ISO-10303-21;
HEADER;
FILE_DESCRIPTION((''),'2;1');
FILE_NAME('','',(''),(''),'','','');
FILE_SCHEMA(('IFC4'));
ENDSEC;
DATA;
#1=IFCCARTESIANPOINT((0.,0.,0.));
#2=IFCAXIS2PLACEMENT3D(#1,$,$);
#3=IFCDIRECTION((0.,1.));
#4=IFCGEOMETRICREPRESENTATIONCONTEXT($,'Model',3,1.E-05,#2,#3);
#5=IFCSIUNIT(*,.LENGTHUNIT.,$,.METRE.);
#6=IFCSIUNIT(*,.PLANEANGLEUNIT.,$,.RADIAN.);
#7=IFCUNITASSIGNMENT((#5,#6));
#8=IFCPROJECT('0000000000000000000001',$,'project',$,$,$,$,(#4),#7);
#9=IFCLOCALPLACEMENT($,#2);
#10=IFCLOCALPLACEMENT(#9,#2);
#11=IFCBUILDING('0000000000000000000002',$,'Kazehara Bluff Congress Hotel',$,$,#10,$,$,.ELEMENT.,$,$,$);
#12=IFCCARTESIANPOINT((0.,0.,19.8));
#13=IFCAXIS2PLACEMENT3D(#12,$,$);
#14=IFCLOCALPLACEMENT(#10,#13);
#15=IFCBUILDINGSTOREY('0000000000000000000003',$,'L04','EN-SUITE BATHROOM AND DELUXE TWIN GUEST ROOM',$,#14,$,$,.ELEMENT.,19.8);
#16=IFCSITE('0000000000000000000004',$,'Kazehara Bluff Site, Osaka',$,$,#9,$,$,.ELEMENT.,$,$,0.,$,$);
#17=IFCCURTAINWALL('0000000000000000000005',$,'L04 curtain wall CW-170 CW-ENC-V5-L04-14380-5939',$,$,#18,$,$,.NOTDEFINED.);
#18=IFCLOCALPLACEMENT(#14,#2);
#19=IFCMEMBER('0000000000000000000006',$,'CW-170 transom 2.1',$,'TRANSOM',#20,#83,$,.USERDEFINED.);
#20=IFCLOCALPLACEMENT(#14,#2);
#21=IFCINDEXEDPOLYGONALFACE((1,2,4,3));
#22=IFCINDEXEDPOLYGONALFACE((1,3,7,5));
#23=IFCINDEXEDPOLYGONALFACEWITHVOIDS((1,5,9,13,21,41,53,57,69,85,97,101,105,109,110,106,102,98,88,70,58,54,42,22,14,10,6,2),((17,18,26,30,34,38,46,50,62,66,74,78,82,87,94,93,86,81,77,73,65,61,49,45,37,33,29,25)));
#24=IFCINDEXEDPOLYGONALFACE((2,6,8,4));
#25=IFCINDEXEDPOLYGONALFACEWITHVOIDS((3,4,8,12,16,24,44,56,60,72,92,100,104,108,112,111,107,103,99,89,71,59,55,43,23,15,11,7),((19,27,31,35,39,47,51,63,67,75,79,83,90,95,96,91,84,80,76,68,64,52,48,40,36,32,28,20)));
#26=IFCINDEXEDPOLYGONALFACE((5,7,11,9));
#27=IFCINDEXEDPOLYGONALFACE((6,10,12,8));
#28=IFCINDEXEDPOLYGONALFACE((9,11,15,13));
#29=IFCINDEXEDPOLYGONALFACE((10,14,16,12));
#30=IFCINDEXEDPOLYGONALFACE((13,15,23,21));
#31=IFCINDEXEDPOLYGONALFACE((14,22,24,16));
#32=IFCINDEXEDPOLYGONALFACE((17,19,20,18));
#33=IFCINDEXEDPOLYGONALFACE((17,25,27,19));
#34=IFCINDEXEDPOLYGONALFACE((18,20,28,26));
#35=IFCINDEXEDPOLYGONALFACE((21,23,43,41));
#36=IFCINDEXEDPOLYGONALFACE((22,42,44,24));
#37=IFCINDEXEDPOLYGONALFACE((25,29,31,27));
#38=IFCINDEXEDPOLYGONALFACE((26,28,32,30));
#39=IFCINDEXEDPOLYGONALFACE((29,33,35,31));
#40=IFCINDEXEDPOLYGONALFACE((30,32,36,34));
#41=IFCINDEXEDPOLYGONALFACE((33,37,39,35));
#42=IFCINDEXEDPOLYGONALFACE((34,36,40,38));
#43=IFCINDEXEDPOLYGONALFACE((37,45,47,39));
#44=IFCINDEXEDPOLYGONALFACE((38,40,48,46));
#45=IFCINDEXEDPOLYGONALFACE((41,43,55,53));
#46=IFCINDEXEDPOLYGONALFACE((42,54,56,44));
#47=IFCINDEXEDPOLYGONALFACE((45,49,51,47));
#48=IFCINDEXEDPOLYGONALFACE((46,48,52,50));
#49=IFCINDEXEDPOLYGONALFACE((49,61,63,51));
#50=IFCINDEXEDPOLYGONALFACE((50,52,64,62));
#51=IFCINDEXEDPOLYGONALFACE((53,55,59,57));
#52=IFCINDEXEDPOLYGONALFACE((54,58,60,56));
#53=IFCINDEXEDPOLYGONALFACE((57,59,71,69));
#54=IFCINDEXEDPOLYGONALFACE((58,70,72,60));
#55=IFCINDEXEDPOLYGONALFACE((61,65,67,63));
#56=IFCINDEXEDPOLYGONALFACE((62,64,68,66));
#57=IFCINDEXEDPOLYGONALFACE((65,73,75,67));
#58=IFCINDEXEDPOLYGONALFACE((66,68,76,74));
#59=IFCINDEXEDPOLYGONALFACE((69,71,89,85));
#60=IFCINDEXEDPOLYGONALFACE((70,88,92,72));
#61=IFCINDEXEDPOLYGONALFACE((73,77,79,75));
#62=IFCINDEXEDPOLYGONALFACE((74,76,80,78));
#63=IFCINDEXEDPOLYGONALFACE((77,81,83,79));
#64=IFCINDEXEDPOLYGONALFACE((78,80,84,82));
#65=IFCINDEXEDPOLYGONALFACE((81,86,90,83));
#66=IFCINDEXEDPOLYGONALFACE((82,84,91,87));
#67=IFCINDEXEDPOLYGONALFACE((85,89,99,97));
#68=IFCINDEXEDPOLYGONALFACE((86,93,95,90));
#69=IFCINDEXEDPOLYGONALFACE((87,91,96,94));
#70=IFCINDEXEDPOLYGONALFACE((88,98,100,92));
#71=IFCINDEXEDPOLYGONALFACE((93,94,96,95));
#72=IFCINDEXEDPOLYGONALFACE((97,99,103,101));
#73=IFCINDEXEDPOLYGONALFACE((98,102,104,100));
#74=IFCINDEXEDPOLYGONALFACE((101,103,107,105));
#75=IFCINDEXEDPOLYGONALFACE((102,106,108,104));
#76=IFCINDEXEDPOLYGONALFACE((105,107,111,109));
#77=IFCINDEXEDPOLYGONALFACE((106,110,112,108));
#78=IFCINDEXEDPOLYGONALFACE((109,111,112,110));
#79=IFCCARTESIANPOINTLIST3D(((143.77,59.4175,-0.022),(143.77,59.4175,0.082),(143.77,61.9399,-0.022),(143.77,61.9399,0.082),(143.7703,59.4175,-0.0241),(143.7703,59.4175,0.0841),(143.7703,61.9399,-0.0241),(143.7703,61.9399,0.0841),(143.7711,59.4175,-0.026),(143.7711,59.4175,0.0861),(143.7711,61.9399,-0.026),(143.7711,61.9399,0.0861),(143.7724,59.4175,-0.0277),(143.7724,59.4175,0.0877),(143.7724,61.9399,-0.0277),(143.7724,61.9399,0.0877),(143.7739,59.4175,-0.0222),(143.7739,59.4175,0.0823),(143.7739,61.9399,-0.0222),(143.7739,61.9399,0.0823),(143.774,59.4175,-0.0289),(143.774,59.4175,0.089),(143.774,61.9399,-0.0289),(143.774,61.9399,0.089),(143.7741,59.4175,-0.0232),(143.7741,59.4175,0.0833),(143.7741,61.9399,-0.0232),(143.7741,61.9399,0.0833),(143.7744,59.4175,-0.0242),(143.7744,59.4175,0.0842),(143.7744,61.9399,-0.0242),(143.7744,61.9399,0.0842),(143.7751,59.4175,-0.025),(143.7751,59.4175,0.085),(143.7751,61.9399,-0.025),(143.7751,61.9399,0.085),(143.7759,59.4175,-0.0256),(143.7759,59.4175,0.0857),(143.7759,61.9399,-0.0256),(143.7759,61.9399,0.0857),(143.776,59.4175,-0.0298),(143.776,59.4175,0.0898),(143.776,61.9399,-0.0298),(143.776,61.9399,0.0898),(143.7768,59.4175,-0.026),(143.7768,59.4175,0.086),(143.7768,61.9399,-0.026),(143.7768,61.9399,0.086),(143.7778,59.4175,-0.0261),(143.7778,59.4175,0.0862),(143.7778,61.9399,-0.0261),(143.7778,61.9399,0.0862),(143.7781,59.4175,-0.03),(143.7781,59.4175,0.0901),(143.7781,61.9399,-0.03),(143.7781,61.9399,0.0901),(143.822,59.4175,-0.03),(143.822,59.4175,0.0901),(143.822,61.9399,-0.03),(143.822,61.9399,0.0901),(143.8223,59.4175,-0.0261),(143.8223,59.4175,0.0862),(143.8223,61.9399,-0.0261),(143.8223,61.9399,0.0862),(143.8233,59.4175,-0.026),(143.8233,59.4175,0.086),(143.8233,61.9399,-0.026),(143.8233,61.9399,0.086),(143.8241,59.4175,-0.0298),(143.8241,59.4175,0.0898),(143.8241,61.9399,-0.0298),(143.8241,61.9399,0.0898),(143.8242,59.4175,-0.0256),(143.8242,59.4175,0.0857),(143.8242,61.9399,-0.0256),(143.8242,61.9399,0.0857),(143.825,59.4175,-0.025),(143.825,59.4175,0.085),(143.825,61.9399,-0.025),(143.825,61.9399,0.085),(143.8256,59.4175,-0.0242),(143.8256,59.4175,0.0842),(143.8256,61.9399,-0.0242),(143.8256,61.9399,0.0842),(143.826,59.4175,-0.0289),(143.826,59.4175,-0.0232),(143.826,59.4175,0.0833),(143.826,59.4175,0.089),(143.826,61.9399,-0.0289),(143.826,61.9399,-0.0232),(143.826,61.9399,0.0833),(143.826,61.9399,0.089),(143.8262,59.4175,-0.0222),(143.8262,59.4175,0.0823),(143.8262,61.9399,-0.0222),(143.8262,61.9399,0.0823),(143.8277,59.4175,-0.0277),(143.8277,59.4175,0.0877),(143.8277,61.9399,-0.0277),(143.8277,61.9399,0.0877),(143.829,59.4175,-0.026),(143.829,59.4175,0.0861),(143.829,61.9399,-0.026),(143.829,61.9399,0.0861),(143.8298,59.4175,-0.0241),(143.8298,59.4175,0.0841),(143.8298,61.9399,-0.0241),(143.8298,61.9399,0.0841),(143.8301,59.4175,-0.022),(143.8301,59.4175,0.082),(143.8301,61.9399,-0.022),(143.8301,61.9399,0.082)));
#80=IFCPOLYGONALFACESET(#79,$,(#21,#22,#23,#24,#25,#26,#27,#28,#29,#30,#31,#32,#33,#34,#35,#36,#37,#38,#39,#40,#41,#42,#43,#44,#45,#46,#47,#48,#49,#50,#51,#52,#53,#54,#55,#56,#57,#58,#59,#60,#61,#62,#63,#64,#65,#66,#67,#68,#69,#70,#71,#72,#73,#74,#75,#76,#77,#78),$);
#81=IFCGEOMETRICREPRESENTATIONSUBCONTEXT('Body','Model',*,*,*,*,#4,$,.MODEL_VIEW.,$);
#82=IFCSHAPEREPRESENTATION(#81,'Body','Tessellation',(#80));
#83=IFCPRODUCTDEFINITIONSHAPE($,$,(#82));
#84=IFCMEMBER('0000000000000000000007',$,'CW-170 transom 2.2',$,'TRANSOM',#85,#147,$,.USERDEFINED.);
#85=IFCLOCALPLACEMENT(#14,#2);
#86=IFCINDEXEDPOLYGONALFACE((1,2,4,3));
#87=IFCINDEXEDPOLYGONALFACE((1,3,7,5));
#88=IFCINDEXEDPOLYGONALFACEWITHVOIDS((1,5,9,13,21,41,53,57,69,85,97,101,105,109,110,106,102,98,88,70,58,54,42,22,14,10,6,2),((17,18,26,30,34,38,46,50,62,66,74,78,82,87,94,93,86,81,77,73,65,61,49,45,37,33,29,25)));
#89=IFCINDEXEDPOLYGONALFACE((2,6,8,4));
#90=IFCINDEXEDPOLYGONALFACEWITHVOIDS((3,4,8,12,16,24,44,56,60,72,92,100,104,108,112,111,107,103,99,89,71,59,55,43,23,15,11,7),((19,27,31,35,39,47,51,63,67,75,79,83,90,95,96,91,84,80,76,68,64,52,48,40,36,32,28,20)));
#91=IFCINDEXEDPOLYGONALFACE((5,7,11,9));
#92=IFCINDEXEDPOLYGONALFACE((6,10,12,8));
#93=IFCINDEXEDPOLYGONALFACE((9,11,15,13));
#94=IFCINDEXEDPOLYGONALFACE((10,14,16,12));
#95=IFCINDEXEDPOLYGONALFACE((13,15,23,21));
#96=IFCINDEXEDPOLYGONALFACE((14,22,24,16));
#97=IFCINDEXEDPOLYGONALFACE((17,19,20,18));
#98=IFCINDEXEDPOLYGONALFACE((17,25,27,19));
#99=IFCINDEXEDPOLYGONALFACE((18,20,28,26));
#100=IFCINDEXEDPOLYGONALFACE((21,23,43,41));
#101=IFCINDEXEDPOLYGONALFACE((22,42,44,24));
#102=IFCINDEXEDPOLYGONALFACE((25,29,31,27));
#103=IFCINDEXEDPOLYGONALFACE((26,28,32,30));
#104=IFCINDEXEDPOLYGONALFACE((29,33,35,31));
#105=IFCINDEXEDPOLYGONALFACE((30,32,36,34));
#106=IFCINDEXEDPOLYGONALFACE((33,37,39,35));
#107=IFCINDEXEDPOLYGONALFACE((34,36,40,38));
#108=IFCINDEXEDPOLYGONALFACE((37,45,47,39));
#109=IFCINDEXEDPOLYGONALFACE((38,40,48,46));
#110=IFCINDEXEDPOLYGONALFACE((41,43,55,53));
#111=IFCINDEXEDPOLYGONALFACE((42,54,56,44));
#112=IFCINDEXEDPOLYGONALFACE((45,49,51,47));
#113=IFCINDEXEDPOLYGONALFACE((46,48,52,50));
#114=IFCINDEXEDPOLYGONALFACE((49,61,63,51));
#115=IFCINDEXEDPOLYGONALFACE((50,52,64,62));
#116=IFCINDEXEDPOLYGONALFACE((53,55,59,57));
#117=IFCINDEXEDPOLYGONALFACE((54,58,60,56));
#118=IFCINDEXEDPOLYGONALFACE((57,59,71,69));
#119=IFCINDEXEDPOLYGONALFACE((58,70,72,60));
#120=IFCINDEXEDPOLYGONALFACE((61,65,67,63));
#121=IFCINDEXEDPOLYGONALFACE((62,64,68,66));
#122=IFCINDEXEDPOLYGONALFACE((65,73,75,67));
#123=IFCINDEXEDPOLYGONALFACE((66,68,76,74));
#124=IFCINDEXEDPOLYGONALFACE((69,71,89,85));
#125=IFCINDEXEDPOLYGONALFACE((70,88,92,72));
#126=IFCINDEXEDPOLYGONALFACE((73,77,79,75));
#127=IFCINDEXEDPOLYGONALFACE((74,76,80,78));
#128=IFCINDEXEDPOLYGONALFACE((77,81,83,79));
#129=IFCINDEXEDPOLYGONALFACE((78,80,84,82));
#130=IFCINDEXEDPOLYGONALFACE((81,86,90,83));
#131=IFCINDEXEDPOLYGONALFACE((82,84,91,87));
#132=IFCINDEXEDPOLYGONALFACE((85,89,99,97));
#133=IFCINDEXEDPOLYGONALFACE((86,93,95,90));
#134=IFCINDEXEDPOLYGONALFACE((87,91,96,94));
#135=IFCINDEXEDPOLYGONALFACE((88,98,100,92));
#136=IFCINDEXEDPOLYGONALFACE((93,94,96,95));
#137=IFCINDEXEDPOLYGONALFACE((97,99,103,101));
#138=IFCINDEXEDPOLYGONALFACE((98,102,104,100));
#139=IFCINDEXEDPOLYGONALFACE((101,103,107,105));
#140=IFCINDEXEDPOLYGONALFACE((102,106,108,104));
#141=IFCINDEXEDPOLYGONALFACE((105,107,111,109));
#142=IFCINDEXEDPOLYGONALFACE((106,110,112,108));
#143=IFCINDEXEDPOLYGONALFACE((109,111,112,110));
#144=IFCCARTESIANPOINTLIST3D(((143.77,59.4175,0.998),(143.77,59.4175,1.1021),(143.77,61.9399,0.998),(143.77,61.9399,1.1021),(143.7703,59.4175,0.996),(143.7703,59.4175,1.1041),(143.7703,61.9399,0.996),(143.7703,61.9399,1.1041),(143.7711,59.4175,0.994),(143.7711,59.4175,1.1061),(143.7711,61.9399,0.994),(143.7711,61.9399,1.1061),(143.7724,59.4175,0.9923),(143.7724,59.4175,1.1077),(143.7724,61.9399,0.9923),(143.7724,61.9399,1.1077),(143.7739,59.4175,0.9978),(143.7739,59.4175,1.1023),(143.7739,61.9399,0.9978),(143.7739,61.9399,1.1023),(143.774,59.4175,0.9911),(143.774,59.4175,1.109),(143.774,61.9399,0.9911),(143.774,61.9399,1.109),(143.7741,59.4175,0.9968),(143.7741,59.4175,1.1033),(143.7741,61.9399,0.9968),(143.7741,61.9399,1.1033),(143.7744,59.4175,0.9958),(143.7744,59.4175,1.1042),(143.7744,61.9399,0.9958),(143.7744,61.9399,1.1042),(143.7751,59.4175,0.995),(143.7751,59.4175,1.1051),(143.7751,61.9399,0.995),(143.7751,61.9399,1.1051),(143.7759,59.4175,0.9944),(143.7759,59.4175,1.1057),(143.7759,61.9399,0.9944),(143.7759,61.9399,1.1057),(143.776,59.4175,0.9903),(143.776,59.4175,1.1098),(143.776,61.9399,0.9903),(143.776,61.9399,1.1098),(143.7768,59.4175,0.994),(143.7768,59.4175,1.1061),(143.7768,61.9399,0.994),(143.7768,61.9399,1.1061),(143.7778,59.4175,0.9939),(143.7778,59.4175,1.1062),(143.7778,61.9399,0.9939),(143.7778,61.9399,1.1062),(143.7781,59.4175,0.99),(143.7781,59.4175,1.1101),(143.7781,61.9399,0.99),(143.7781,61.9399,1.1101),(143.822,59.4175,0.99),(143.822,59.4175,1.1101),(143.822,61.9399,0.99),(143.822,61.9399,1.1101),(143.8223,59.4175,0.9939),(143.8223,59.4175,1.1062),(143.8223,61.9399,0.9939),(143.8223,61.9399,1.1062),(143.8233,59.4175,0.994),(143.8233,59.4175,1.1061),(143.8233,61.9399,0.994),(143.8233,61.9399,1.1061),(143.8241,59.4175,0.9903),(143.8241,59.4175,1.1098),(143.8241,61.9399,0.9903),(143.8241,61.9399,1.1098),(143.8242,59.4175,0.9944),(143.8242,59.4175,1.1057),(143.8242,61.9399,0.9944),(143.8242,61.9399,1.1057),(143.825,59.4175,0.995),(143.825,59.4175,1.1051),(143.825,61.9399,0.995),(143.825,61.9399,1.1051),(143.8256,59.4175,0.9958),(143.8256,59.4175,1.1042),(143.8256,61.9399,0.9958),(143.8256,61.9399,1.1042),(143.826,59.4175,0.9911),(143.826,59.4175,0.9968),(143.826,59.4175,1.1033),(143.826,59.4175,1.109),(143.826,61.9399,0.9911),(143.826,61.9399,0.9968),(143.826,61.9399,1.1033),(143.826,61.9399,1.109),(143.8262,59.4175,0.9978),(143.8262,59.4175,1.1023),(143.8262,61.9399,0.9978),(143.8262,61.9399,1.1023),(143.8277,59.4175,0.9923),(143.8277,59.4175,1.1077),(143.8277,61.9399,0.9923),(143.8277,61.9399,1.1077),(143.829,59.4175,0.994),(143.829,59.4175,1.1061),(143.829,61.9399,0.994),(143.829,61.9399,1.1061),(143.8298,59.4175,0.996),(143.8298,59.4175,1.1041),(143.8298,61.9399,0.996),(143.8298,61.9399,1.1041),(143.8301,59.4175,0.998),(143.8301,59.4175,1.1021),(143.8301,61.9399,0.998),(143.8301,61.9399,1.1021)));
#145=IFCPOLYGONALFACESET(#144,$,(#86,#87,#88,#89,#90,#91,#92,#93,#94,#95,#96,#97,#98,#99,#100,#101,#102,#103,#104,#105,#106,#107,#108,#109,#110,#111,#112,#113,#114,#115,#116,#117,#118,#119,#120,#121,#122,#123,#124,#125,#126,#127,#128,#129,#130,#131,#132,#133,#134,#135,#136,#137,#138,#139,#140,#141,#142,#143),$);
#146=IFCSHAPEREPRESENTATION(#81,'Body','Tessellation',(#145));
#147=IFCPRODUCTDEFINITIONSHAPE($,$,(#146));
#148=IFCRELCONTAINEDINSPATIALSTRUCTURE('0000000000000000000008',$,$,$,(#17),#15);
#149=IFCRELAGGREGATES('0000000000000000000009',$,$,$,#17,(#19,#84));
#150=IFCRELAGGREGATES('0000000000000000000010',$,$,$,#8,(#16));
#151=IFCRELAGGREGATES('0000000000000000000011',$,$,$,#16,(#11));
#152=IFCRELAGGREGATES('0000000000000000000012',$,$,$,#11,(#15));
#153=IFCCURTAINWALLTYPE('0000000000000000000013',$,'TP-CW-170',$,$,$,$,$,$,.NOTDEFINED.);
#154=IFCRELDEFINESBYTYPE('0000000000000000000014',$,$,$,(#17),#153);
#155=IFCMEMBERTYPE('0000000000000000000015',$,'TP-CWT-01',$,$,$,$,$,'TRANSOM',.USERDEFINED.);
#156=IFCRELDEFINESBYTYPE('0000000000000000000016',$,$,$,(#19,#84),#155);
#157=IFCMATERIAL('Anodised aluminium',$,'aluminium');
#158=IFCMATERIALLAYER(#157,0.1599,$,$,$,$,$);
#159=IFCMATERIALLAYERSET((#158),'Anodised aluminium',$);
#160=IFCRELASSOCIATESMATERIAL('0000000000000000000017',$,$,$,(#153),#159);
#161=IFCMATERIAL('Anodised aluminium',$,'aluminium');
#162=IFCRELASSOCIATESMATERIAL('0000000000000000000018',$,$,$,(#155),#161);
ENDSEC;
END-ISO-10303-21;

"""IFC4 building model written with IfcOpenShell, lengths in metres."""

from ifc_helpers import new_model, si_unit, direction, frame, origin, origin_2d, place, context, subcontext, project, spatial, hollow_rectangle, extrude, material, layer, layer_set, material_profile, profile_set, type_object, element, aggregate, save


model = new_model("IFC4")

# Units and contexts
model_context = context("Model", 3, precision=1e-05, world=origin(), true_north=direction((0.0, 1.0)))
body_context = subcontext(model_context, "Body", "Model", "MODEL_VIEW")
ifc_project = project(units=[si_unit("LENGTHUNIT", "METRE"), si_unit("PLANEANGLEUNIT", "RADIAN")], contexts=[model_context])

# Site, building, storey
site_placement = place(None, origin())
site = spatial("IfcSite", under=ifc_project, at=site_placement, Name="Kazehara Bluff Site, Osaka", CompositionType="ELEMENT", RefElevation=0.0)
building_placement = place(site_placement, origin())
building = spatial("IfcBuilding", under=site, at=building_placement, Name="Kazehara Bluff Congress Hotel", CompositionType="ELEMENT")
storey_placement = place(building_placement, frame((0.0, 0.0, 19.8)))
storey = spatial("IfcBuildingStorey", under=building, at=storey_placement, Name="L04", Description="EN-SUITE BATHROOM AND DELUXE TWIN GUEST ROOM", CompositionType="ELEMENT", Elevation=19.8)

# Curtain wall, members
ifc_material_1 = material(Name="Anodised aluminium", Category="aluminium")
ifc_layer_1 = layer(ifc_material_1, 0.1599)
ifc_layer_set_1 = layer_set([ifc_layer_1], Name="Anodised aluminium")
curtain_wall_type = type_object("IfcCurtainWallType", Name="TP-CW-170", PredefinedType="NOTDEFINED", material=ifc_layer_set_1)
curtain_wall_placement = place(storey_placement, origin())
curtain_wall = element("IfcCurtainWall", 1, at=curtain_wall_placement, inside=storey, type_object=curtain_wall_type, Name="L04 curtain wall CW-170 CW-ENC-V5-L04-14380-5939", PredefinedType="NOTDEFINED")
ifc_material_2 = material(Name="Anodised aluminium", Category="aluminium")
ifc_material_profile_1 = material_profile(ifc_material_2, hollow_rectangle(XDim=0.0601, YDim=0.1201, WallThickness=0.0039, InnerFilletRadius=0.0039, OuterFilletRadius=0.0081, at=origin_2d()))
ifc_profile_set_1 = profile_set([ifc_material_profile_1], Name="Anodised aluminium")
member_type_1 = type_object("IfcMemberType", Name="TP-CWT-01", ElementType="TRANSOM", PredefinedType="USERDEFINED", material=ifc_profile_set_1)
member_1_placement = place(storey_placement, frame((143.8, 59.4175, 0.03), z_axis=(0.0, 1.0, 0.0), x_axis=(-1.0, 0.0, 0.0)))
member_1 = element("IfcMember", 2, at=member_1_placement, type_object=member_type_1, Name="CW-170 transom 2.1", ObjectType="TRANSOM", PredefinedType="USERDEFINED", context=body_context, shape_type="SweptSolid", body=[
    extrude(hollow_rectangle(XDim=0.0601, YDim=0.1201, WallThickness=0.0039, InnerFilletRadius=0.0039, OuterFilletRadius=0.0081, at=origin_2d()), origin(), (0.0, 0.0, 1.0), 2.5225),
])
member_2_placement = place(storey_placement, frame((143.8, 59.4175, 1.05), z_axis=(0.0, 1.0, 0.0), x_axis=(-1.0, 0.0, 0.0)))
member_2 = element("IfcMember", 3, at=member_2_placement, type_object=member_type_1, Name="CW-170 transom 2.2", ObjectType="TRANSOM", PredefinedType="USERDEFINED", context=body_context, shape_type="SweptSolid", body=[
    extrude(hollow_rectangle(XDim=0.0601, YDim=0.1201, WallThickness=0.0039, InnerFilletRadius=0.0039, OuterFilletRadius=0.0081, at=origin_2d()), origin(), (0.0, 0.0, 1.0), 2.5225),
])

aggregate(curtain_wall, [member_1, member_2])

save(model, "model.ifc")
